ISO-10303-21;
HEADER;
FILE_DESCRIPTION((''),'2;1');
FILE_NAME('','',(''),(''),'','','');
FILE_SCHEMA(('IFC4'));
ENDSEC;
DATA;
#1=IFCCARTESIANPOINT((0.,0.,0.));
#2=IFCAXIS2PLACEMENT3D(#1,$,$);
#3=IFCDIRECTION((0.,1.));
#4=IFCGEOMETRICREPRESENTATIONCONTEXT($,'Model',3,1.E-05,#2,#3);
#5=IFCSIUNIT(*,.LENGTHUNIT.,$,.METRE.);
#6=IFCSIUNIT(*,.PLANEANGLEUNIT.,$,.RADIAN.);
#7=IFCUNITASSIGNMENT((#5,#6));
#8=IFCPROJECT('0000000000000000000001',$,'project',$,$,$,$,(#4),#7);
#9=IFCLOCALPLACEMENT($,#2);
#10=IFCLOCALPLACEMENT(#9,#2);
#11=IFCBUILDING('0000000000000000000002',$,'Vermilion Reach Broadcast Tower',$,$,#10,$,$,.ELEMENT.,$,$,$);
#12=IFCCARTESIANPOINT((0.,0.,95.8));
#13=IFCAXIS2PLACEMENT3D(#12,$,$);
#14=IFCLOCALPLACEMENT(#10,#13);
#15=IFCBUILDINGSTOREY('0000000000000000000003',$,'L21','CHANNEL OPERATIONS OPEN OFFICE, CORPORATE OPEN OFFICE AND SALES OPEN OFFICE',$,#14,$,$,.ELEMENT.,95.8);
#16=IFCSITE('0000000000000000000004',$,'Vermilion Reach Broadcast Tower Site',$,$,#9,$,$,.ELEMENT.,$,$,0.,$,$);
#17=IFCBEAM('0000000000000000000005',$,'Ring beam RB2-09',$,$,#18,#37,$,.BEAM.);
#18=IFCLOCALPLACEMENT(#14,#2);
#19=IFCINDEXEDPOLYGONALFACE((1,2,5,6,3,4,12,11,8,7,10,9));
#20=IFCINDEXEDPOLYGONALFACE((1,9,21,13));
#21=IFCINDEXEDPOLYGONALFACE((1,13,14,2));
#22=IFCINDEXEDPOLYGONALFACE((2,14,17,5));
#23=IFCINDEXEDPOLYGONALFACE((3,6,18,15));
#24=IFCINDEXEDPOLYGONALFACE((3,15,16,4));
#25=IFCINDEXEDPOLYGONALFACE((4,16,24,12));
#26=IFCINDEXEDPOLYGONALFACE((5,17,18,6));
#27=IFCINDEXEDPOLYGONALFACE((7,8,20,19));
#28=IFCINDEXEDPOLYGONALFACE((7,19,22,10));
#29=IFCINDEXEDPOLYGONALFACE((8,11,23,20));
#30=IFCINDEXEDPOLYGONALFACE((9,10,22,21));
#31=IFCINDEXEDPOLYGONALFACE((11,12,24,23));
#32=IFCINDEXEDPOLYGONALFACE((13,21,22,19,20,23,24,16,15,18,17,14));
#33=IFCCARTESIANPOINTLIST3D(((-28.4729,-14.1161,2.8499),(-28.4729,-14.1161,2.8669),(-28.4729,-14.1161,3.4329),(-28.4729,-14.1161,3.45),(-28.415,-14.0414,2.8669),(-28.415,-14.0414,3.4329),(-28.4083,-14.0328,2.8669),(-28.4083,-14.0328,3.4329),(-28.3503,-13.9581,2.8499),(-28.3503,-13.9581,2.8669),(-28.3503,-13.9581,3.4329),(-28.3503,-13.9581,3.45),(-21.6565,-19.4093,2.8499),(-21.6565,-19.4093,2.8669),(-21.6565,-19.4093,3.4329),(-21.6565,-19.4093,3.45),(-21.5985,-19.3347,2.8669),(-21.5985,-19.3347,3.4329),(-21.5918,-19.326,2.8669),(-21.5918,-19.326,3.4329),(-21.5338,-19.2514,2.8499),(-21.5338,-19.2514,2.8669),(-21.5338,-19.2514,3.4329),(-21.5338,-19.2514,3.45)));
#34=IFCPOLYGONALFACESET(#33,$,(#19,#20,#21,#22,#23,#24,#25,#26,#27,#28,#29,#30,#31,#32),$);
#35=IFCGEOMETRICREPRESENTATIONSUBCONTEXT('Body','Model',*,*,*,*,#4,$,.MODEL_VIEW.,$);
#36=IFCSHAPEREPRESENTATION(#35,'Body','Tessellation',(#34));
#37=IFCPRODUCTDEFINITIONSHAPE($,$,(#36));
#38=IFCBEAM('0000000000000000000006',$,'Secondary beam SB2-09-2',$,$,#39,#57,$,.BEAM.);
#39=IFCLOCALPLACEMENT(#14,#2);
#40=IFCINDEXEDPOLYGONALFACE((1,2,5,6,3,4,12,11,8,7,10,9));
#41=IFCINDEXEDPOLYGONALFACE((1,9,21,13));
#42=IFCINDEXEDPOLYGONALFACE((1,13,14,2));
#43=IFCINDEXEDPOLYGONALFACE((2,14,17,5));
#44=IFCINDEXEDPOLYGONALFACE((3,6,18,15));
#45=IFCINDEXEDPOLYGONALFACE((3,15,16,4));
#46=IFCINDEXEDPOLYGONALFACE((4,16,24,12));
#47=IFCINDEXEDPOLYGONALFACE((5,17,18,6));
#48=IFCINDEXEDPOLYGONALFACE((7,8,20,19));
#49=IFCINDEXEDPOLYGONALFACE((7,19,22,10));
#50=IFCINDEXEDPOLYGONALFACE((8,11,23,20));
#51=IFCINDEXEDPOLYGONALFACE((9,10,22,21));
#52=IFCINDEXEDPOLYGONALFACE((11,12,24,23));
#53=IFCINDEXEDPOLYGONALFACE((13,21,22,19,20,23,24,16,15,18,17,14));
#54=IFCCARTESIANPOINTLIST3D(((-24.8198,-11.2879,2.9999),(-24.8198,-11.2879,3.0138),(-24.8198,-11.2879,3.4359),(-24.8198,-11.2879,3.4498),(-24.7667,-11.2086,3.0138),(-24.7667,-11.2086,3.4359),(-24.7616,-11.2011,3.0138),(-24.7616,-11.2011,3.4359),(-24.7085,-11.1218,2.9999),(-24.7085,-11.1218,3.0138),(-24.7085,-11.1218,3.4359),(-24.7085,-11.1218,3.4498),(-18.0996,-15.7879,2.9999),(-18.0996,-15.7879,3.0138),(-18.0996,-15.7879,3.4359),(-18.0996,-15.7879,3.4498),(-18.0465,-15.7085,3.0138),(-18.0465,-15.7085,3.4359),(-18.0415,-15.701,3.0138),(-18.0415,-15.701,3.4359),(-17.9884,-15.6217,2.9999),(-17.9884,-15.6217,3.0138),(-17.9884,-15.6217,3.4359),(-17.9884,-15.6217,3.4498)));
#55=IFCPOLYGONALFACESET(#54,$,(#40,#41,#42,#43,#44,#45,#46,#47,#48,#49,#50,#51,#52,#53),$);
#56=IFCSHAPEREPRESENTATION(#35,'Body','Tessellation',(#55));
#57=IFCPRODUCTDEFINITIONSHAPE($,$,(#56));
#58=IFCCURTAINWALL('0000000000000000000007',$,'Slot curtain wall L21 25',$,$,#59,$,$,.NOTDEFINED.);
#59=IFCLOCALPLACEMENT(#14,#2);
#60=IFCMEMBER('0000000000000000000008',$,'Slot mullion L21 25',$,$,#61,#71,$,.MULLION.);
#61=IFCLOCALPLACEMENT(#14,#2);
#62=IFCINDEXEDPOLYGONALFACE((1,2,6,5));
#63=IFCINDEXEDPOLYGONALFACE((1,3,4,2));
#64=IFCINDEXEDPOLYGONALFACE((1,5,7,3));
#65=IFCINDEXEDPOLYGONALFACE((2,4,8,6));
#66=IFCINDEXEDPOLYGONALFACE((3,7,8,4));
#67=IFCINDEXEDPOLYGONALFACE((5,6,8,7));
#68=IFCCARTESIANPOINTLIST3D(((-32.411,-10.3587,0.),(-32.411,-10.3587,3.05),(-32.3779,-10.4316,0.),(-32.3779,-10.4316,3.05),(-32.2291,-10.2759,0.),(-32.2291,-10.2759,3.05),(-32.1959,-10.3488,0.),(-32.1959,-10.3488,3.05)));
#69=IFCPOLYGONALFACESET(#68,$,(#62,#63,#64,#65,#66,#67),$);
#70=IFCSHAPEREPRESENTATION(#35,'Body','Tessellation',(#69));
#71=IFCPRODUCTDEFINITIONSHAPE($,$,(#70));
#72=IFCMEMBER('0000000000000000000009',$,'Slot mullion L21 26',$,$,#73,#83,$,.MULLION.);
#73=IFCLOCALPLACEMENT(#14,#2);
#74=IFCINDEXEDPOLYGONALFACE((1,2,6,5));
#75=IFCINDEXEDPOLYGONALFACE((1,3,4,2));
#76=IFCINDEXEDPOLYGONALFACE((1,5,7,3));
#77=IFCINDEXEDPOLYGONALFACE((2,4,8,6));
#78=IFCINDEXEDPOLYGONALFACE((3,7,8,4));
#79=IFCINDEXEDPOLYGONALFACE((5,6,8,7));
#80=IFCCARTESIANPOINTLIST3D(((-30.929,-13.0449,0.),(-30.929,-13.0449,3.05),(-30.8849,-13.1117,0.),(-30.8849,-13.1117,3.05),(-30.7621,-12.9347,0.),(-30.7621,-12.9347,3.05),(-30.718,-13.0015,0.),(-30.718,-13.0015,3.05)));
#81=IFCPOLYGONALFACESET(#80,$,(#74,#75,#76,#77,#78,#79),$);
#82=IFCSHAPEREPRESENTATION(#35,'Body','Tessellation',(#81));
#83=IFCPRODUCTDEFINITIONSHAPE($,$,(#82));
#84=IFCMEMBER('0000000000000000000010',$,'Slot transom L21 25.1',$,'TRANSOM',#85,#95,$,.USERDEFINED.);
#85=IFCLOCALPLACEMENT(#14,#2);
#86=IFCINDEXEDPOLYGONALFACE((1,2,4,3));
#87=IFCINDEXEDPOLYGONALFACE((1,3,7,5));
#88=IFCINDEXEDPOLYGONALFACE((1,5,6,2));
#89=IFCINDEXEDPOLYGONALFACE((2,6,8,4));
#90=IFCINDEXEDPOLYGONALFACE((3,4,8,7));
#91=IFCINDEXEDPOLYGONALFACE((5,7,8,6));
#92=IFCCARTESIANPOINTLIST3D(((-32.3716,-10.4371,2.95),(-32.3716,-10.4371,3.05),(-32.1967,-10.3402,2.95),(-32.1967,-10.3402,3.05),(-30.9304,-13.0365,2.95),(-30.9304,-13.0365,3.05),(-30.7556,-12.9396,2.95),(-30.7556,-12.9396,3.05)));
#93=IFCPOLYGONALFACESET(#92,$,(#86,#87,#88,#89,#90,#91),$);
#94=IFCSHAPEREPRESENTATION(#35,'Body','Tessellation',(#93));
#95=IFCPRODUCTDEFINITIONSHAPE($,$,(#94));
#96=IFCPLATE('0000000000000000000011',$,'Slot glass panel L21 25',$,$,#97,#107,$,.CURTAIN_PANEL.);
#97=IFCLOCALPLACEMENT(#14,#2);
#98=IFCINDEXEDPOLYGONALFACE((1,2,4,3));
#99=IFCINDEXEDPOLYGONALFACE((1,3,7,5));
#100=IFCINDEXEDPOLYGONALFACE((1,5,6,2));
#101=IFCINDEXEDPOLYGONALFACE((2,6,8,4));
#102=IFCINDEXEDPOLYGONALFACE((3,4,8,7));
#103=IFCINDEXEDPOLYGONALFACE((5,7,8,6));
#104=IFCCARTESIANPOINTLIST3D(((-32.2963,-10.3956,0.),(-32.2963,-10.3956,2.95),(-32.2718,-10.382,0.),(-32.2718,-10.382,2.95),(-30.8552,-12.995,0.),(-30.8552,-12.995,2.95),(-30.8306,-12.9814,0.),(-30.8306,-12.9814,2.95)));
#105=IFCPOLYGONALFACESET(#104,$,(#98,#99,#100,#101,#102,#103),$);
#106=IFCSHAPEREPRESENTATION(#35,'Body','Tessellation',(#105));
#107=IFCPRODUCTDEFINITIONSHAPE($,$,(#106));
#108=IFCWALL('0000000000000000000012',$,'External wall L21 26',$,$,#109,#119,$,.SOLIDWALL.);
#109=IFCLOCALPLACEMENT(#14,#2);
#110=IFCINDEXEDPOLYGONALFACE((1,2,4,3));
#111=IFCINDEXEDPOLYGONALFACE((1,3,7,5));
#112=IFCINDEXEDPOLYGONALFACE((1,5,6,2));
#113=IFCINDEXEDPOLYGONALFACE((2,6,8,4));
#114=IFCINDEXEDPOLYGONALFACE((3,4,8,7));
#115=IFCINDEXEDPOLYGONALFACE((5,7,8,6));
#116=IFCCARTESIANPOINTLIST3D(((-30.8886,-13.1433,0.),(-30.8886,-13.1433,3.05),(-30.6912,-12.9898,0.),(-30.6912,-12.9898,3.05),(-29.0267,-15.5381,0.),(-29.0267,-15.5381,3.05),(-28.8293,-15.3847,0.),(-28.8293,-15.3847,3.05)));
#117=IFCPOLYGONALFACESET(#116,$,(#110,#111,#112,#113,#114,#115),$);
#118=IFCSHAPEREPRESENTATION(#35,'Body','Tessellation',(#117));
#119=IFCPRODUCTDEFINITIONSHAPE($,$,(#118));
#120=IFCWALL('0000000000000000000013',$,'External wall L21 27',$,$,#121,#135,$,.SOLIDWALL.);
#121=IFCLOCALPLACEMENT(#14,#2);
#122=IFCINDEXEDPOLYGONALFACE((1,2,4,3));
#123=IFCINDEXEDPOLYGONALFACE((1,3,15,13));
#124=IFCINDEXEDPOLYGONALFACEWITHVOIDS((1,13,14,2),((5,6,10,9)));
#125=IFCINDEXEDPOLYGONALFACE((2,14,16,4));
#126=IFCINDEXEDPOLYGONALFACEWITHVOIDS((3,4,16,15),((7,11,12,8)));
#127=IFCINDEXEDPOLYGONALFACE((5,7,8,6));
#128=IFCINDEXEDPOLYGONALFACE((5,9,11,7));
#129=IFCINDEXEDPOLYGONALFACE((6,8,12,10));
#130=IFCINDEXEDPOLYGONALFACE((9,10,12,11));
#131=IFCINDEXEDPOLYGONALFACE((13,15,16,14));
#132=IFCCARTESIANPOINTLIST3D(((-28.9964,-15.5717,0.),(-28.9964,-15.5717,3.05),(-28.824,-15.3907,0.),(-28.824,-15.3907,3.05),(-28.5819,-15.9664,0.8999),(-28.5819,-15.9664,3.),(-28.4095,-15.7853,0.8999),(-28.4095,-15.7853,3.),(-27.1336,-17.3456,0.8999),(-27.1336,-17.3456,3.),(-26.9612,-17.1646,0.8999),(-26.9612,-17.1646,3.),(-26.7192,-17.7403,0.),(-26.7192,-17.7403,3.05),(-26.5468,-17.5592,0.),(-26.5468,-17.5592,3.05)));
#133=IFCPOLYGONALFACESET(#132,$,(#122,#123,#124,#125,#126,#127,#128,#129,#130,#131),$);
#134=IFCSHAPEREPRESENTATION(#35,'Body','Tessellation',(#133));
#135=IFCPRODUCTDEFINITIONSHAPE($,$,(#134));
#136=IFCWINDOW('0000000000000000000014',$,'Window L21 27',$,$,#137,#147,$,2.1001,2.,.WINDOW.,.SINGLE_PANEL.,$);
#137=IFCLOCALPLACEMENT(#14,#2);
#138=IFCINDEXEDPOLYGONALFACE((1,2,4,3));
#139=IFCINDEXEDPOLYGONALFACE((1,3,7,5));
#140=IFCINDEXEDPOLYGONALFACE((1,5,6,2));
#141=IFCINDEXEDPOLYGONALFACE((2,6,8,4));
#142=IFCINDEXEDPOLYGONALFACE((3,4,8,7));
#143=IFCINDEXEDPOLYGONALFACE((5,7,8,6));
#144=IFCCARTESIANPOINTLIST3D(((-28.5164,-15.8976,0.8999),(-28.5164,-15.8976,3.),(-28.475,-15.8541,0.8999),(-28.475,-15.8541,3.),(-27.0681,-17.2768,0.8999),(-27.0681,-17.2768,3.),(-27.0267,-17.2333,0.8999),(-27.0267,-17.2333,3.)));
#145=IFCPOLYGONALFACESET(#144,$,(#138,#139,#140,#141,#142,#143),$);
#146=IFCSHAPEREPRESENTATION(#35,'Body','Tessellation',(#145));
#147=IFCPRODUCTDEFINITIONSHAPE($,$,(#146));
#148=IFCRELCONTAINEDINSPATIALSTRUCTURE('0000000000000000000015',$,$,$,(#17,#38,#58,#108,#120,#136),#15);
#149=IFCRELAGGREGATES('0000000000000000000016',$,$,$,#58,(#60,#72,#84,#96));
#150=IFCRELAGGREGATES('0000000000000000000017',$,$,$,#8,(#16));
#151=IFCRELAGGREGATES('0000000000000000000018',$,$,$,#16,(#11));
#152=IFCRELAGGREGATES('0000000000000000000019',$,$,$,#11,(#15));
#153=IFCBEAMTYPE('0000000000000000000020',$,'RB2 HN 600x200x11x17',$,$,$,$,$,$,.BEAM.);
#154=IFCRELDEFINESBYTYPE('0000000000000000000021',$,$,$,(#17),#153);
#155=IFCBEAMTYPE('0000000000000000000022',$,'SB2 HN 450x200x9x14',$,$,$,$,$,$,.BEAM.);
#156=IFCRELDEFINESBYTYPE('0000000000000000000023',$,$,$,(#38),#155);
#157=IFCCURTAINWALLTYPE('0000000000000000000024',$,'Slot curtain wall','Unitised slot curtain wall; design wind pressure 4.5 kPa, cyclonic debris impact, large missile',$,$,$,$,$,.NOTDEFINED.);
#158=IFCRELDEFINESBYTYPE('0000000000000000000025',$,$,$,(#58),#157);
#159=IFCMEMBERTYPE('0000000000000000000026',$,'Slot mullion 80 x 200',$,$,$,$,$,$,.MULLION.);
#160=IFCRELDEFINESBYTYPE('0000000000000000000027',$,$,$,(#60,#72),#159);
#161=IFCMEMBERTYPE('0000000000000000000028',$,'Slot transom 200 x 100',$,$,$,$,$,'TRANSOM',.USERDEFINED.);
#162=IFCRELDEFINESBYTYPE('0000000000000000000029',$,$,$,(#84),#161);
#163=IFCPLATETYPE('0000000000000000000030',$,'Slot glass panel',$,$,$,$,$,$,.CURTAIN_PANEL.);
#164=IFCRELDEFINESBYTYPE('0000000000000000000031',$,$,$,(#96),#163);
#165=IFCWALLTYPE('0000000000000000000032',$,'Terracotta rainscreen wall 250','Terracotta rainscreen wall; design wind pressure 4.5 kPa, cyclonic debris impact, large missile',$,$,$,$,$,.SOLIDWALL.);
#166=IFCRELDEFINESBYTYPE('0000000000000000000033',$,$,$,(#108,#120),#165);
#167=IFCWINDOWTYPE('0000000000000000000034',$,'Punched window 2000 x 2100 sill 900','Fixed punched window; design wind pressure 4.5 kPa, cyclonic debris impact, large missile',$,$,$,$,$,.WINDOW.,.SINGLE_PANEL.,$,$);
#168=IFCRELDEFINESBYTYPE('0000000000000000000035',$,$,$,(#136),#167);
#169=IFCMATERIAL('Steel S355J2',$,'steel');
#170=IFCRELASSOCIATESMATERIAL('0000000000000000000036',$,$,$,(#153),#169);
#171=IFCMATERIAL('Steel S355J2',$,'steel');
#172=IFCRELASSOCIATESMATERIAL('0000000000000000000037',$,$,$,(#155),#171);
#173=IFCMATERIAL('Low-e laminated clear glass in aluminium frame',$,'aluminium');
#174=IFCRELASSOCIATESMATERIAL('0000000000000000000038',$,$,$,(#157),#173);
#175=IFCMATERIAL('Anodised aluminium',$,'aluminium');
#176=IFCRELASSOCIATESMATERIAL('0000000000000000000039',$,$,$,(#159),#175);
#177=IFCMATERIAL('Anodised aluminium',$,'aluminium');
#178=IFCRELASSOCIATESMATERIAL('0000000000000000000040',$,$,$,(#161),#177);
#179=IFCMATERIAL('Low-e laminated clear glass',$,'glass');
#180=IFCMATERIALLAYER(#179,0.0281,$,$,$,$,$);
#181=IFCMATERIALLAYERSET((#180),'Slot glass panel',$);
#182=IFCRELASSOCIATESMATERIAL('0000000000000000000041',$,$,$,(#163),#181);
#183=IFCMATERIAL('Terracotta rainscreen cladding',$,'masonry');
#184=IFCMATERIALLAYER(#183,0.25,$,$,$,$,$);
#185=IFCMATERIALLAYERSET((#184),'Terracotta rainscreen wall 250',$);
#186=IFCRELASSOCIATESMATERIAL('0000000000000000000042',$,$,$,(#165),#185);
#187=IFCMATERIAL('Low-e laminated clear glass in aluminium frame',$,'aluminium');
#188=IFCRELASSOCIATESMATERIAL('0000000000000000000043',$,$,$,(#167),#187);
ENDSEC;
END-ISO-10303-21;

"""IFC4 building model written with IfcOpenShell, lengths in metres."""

from ifc_helpers import new_model, si_unit, direction, frame, frame_2d, origin, origin_2d, place, context, subcontext, project, spatial, rectangle, i_section, extrude, material, layer, layer_set, material_profile, profile_set, type_object, element, fill, aggregate, save


model = new_model("IFC4")

# Units and contexts
model_context = context("Model", 3, precision=1e-05, world=origin(), true_north=direction((0.0, 1.0)))
body_context = subcontext(model_context, "Body", "Model", "MODEL_VIEW")
ifc_project = project(units=[si_unit("LENGTHUNIT", "METRE"), si_unit("PLANEANGLEUNIT", "RADIAN")], contexts=[model_context])

# Site, building, storey
site_placement = place(None, origin())
site = spatial("IfcSite", under=ifc_project, at=site_placement, Name="Vermilion Reach Broadcast Tower Site", CompositionType="ELEMENT", RefElevation=0.0)
building_placement = place(site_placement, origin())
building = spatial("IfcBuilding", under=site, at=building_placement, Name="Vermilion Reach Broadcast Tower", CompositionType="ELEMENT")
storey_placement = place(building_placement, frame((0.0, 0.0, 95.8)))
storey = spatial("IfcBuildingStorey", under=building, at=storey_placement, Name="L21", Description="CHANNEL OPERATIONS OPEN OFFICE, CORPORATE OPEN OFFICE AND SALES OPEN OFFICE", CompositionType="ELEMENT", Elevation=95.8)

# Beams
ifc_material_1 = material(Name="Steel S355J2", Category="steel")
ifc_material_profile_1 = material_profile(ifc_material_1, i_section(OverallWidth=0.2, OverallDepth=0.6001, WebThickness=0.011, FlangeThickness=0.0171, at=origin_2d()), Name="S355J2 HN 600x200x11x17")
ifc_profile_set_1 = profile_set([ifc_material_profile_1], Name="Steel S355J2")
beam_type_1 = type_object("IfcBeamType", Name="RB2 HN 600x200x11x17", PredefinedType="BEAM", material=ifc_profile_set_1)
beam_1_placement = place(storey_placement, frame((-28.4116, -14.0371, 3.1499), z_axis=(0.789826, -0.613331, 0.0), x_axis=(0.613331, 0.789826, 0.0)))
element("IfcBeam", 1, at=beam_1_placement, inside=storey, type_object=beam_type_1, Name="Ring beam RB2-09", PredefinedType="BEAM", context=body_context, shape_type="SweptSolid", body=[
    extrude(i_section(OverallWidth=0.2, OverallDepth=0.6001, WebThickness=0.011, FlangeThickness=0.0171, at=origin_2d()), origin(), (0.0, 0.0, 1.0), 8.6304),
])
ifc_material_2 = material(Name="Steel S355J2", Category="steel")
ifc_material_profile_2 = material_profile(ifc_material_2, i_section(OverallWidth=0.2, OverallDepth=0.45, WebThickness=0.009, FlangeThickness=0.0139, at=origin_2d()), Name="S355J2 HN 450x200x9x14")
ifc_profile_set_2 = profile_set([ifc_material_profile_2], Name="Steel S355J2")
beam_type_2 = type_object("IfcBeamType", Name="SB2 HN 450x200x9x14", PredefinedType="BEAM", material=ifc_profile_set_2)
beam_2_placement = place(storey_placement, frame((-24.7642, -11.2048, 3.2249), z_axis=(0.830915, -0.556399, 0.0), x_axis=(0.556399, 0.830915, 0.0)))
element("IfcBeam", 2, at=beam_2_placement, inside=storey, type_object=beam_type_2, Name="Secondary beam SB2-09-2", PredefinedType="BEAM", context=body_context, shape_type="SweptSolid", body=[
    extrude(i_section(OverallWidth=0.2, OverallDepth=0.45, WebThickness=0.009, FlangeThickness=0.0139, at=origin_2d()), origin(), (0.0, 0.0, 1.0), 8.0876),
])

# Curtain wall, members, plate
ifc_material_3 = material(Name="Low-e laminated clear glass in aluminium frame", Category="aluminium")
curtain_wall_type = type_object("IfcCurtainWallType", Name="Slot curtain wall", Description="Unitised slot curtain wall; design wind pressure 4.5 kPa, cyclonic debris impact, large missile", PredefinedType="NOTDEFINED", material=ifc_material_3)
curtain_wall_placement = place(storey_placement, origin())
curtain_wall = element("IfcCurtainWall", 3, at=curtain_wall_placement, inside=storey, type_object=curtain_wall_type, Name="Slot curtain wall L21 25", PredefinedType="NOTDEFINED")
ifc_material_4 = material(Name="Anodised aluminium", Category="aluminium")
ifc_material_profile_3 = material_profile(ifc_material_4, rectangle(XDim=0.2, YDim=0.0801, at=origin_2d()), Name="Slot mullion 80 x 200")
ifc_profile_set_3 = profile_set([ifc_material_profile_3], Name="Anodised aluminium")
member_type_1 = type_object("IfcMemberType", Name="Slot mullion 80 x 200", PredefinedType="MULLION", material=ifc_profile_set_3)
member_1_placement = place(storey_placement, frame((-32.3035, -10.3538, 0.0), z_axis=(0.0, 0.0, 1.0), x_axis=(0.910186, 0.414199, 0.0)))
member_1 = element("IfcMember", 4, at=member_1_placement, type_object=member_type_1, Name="Slot mullion L21 25", PredefinedType="MULLION", context=body_context, shape_type="SweptSolid", body=[
    extrude(rectangle(XDim=0.2, YDim=0.0801, at=origin_2d()), origin(), (0.0, 0.0, 1.0), 3.05),
])
member_2_placement = place(storey_placement, frame((-30.8235, -13.0232, 0.0), z_axis=(0.0, 0.0, 1.0), x_axis=(0.834527, 0.550968, 0.0)))
member_2 = element("IfcMember", 5, at=member_2_placement, type_object=member_type_1, Name="Slot mullion L21 26", PredefinedType="MULLION", context=body_context, shape_type="SweptSolid", body=[
    extrude(rectangle(XDim=0.2, YDim=0.0801, at=origin_2d()), origin(), (0.0, 0.0, 1.0), 3.05),
])
ifc_material_5 = material(Name="Anodised aluminium", Category="aluminium")
ifc_material_profile_4 = material_profile(ifc_material_5, rectangle(XDim=0.2, YDim=0.1001, at=origin_2d()), Name="Slot transom 200 x 100")
ifc_profile_set_4 = profile_set([ifc_material_profile_4], Name="Anodised aluminium")
member_type_2 = type_object("IfcMemberType", Name="Slot transom 200 x 100", ElementType="TRANSOM", PredefinedType="USERDEFINED", material=ifc_profile_set_4)
member_3_placement = place(storey_placement, frame((-32.2842, -10.3887, 3.0), z_axis=(0.48489, -0.874575, 0.0), x_axis=(0.874575, 0.48489, 0.0)))
member_3 = element("IfcMember", 6, at=member_3_placement, type_object=member_type_2, Name="Slot transom L21 25.1", ObjectType="TRANSOM", PredefinedType="USERDEFINED", context=body_context, shape_type="SweptSolid", body=[
    extrude(rectangle(XDim=0.2, YDim=0.1001, at=origin_2d()), origin(), (0.0, 0.0, 1.0), 2.9722),
])
ifc_material_6 = material(Name="Low-e laminated clear glass", Category="glass")
ifc_layer_1 = layer(ifc_material_6, 0.0281)
ifc_layer_set_1 = layer_set([ifc_layer_1], Name="Slot glass panel")
plate_type = type_object("IfcPlateType", Name="Slot glass panel", PredefinedType="CURTAIN_PANEL", material=ifc_layer_set_1)
plate_placement = place(storey_placement, frame((-31.5635, -11.6885, 0.0), z_axis=(0.0, 0.0, 1.0), x_axis=(0.484878, -0.874582, 0.0)))
plate = element("IfcPlate", 7, at=plate_placement, type_object=plate_type, Name="Slot glass panel L21 25", PredefinedType="CURTAIN_PANEL", context=body_context, shape_type="SweptSolid", body=[
    extrude(rectangle(XDim=2.9722, YDim=0.0281, at=origin_2d()), origin(), (0.0, 0.0, 1.0), 2.95),
])
aggregate(curtain_wall, [member_1, member_2, member_3, plate])

# Wall
ifc_material_7 = material(Name="Terracotta rainscreen cladding", Category="masonry")
ifc_layer_2 = layer(ifc_material_7, 0.25)
ifc_layer_set_2 = layer_set([ifc_layer_2], Name="Terracotta rainscreen wall 250")
wall_type = type_object("IfcWallType", Name="Terracotta rainscreen wall 250", Description="Terracotta rainscreen wall; design wind pressure 4.5 kPa, cyclonic debris impact, large missile", PredefinedType="SOLIDWALL", material=ifc_layer_set_2)
wall_1_placement = place(storey_placement, frame((-30.7898, -13.0667, 0.0), z_axis=(0.0, 0.0, 1.0), x_axis=(0.613779, -0.789478, 0.0)))
element("IfcWall", 8, at=wall_1_placement, inside=storey, type_object=wall_type, Name="External wall L21 26", PredefinedType="SOLIDWALL", context=body_context, shape_type="SweptSolid", body=[
    extrude(rectangle(XDim=3.0334, YDim=0.25, at=frame_2d((1.5166, 0.0))), origin(), (0.0, 0.0, 1.0), 3.05),
])

# Wall, opening, window
wall_2_placement = place(storey_placement, frame((-28.9102, -15.4812, 0.0), z_axis=(0.0, 0.0, 1.0), x_axis=(0.724171, -0.68962, 0.0)))
wall_2 = element("IfcWall", 9, at=wall_2_placement, inside=storey, type_object=wall_type, Name="External wall L21 27", PredefinedType="SOLIDWALL", context=body_context, shape_type="SweptSolid", body=[
    extrude(rectangle(XDim=3.1445, YDim=0.25, at=frame_2d((1.5723, 0.0))), origin(), (0.0, 0.0, 1.0), 3.05),
])
opening_1_placement = place(wall_2_placement, frame((0.5723, 0.0, 0.8999)))
opening_1 = element("IfcOpeningElement", 10, at=opening_1_placement, cuts=wall_2, PredefinedType="OPENING", context=body_context, shape_type="SweptSolid", body=[
    extrude(rectangle(XDim=2.0, YDim=2.1001, at=frame_2d((1.0, 1.05))), frame((0.0, 0.135, 0.0), z_axis=(0.0, -1.0, 0.0), x_axis=(1.0, 0.0, 0.0)), (0.0, 0.0, 1.0), 0.27),
])
ifc_material_8 = material(Name="Low-e laminated clear glass in aluminium frame", Category="aluminium")
window_type = type_object("IfcWindowType", Name="Punched window 2000 x 2100 sill 900", Description="Fixed punched window; design wind pressure 4.5 kPa, cyclonic debris impact, large missile", PartitioningType="SINGLE_PANEL", PredefinedType="WINDOW", material=ifc_material_8)
window_1_placement = place(opening_1_placement, origin())
window_1 = element("IfcWindow", 11, at=window_1_placement, inside=storey, type_object=window_type, Name="Window L21 27", OverallHeight=2.1001, OverallWidth=2.0, PartitioningType="SINGLE_PANEL", PredefinedType="WINDOW", context=body_context, shape_type="SweptSolid", body=[
    extrude(rectangle(XDim=2.0, YDim=2.1001, at=frame_2d((1.0, 1.05))), frame((0.0, 0.03, 0.0), z_axis=(0.0, -1.0, 0.0), x_axis=(1.0, 0.0, 0.0)), (0.0, 0.0, 1.0), 0.0601),
])
fill(opening_1, window_1)

save(model, "model.ifc")
